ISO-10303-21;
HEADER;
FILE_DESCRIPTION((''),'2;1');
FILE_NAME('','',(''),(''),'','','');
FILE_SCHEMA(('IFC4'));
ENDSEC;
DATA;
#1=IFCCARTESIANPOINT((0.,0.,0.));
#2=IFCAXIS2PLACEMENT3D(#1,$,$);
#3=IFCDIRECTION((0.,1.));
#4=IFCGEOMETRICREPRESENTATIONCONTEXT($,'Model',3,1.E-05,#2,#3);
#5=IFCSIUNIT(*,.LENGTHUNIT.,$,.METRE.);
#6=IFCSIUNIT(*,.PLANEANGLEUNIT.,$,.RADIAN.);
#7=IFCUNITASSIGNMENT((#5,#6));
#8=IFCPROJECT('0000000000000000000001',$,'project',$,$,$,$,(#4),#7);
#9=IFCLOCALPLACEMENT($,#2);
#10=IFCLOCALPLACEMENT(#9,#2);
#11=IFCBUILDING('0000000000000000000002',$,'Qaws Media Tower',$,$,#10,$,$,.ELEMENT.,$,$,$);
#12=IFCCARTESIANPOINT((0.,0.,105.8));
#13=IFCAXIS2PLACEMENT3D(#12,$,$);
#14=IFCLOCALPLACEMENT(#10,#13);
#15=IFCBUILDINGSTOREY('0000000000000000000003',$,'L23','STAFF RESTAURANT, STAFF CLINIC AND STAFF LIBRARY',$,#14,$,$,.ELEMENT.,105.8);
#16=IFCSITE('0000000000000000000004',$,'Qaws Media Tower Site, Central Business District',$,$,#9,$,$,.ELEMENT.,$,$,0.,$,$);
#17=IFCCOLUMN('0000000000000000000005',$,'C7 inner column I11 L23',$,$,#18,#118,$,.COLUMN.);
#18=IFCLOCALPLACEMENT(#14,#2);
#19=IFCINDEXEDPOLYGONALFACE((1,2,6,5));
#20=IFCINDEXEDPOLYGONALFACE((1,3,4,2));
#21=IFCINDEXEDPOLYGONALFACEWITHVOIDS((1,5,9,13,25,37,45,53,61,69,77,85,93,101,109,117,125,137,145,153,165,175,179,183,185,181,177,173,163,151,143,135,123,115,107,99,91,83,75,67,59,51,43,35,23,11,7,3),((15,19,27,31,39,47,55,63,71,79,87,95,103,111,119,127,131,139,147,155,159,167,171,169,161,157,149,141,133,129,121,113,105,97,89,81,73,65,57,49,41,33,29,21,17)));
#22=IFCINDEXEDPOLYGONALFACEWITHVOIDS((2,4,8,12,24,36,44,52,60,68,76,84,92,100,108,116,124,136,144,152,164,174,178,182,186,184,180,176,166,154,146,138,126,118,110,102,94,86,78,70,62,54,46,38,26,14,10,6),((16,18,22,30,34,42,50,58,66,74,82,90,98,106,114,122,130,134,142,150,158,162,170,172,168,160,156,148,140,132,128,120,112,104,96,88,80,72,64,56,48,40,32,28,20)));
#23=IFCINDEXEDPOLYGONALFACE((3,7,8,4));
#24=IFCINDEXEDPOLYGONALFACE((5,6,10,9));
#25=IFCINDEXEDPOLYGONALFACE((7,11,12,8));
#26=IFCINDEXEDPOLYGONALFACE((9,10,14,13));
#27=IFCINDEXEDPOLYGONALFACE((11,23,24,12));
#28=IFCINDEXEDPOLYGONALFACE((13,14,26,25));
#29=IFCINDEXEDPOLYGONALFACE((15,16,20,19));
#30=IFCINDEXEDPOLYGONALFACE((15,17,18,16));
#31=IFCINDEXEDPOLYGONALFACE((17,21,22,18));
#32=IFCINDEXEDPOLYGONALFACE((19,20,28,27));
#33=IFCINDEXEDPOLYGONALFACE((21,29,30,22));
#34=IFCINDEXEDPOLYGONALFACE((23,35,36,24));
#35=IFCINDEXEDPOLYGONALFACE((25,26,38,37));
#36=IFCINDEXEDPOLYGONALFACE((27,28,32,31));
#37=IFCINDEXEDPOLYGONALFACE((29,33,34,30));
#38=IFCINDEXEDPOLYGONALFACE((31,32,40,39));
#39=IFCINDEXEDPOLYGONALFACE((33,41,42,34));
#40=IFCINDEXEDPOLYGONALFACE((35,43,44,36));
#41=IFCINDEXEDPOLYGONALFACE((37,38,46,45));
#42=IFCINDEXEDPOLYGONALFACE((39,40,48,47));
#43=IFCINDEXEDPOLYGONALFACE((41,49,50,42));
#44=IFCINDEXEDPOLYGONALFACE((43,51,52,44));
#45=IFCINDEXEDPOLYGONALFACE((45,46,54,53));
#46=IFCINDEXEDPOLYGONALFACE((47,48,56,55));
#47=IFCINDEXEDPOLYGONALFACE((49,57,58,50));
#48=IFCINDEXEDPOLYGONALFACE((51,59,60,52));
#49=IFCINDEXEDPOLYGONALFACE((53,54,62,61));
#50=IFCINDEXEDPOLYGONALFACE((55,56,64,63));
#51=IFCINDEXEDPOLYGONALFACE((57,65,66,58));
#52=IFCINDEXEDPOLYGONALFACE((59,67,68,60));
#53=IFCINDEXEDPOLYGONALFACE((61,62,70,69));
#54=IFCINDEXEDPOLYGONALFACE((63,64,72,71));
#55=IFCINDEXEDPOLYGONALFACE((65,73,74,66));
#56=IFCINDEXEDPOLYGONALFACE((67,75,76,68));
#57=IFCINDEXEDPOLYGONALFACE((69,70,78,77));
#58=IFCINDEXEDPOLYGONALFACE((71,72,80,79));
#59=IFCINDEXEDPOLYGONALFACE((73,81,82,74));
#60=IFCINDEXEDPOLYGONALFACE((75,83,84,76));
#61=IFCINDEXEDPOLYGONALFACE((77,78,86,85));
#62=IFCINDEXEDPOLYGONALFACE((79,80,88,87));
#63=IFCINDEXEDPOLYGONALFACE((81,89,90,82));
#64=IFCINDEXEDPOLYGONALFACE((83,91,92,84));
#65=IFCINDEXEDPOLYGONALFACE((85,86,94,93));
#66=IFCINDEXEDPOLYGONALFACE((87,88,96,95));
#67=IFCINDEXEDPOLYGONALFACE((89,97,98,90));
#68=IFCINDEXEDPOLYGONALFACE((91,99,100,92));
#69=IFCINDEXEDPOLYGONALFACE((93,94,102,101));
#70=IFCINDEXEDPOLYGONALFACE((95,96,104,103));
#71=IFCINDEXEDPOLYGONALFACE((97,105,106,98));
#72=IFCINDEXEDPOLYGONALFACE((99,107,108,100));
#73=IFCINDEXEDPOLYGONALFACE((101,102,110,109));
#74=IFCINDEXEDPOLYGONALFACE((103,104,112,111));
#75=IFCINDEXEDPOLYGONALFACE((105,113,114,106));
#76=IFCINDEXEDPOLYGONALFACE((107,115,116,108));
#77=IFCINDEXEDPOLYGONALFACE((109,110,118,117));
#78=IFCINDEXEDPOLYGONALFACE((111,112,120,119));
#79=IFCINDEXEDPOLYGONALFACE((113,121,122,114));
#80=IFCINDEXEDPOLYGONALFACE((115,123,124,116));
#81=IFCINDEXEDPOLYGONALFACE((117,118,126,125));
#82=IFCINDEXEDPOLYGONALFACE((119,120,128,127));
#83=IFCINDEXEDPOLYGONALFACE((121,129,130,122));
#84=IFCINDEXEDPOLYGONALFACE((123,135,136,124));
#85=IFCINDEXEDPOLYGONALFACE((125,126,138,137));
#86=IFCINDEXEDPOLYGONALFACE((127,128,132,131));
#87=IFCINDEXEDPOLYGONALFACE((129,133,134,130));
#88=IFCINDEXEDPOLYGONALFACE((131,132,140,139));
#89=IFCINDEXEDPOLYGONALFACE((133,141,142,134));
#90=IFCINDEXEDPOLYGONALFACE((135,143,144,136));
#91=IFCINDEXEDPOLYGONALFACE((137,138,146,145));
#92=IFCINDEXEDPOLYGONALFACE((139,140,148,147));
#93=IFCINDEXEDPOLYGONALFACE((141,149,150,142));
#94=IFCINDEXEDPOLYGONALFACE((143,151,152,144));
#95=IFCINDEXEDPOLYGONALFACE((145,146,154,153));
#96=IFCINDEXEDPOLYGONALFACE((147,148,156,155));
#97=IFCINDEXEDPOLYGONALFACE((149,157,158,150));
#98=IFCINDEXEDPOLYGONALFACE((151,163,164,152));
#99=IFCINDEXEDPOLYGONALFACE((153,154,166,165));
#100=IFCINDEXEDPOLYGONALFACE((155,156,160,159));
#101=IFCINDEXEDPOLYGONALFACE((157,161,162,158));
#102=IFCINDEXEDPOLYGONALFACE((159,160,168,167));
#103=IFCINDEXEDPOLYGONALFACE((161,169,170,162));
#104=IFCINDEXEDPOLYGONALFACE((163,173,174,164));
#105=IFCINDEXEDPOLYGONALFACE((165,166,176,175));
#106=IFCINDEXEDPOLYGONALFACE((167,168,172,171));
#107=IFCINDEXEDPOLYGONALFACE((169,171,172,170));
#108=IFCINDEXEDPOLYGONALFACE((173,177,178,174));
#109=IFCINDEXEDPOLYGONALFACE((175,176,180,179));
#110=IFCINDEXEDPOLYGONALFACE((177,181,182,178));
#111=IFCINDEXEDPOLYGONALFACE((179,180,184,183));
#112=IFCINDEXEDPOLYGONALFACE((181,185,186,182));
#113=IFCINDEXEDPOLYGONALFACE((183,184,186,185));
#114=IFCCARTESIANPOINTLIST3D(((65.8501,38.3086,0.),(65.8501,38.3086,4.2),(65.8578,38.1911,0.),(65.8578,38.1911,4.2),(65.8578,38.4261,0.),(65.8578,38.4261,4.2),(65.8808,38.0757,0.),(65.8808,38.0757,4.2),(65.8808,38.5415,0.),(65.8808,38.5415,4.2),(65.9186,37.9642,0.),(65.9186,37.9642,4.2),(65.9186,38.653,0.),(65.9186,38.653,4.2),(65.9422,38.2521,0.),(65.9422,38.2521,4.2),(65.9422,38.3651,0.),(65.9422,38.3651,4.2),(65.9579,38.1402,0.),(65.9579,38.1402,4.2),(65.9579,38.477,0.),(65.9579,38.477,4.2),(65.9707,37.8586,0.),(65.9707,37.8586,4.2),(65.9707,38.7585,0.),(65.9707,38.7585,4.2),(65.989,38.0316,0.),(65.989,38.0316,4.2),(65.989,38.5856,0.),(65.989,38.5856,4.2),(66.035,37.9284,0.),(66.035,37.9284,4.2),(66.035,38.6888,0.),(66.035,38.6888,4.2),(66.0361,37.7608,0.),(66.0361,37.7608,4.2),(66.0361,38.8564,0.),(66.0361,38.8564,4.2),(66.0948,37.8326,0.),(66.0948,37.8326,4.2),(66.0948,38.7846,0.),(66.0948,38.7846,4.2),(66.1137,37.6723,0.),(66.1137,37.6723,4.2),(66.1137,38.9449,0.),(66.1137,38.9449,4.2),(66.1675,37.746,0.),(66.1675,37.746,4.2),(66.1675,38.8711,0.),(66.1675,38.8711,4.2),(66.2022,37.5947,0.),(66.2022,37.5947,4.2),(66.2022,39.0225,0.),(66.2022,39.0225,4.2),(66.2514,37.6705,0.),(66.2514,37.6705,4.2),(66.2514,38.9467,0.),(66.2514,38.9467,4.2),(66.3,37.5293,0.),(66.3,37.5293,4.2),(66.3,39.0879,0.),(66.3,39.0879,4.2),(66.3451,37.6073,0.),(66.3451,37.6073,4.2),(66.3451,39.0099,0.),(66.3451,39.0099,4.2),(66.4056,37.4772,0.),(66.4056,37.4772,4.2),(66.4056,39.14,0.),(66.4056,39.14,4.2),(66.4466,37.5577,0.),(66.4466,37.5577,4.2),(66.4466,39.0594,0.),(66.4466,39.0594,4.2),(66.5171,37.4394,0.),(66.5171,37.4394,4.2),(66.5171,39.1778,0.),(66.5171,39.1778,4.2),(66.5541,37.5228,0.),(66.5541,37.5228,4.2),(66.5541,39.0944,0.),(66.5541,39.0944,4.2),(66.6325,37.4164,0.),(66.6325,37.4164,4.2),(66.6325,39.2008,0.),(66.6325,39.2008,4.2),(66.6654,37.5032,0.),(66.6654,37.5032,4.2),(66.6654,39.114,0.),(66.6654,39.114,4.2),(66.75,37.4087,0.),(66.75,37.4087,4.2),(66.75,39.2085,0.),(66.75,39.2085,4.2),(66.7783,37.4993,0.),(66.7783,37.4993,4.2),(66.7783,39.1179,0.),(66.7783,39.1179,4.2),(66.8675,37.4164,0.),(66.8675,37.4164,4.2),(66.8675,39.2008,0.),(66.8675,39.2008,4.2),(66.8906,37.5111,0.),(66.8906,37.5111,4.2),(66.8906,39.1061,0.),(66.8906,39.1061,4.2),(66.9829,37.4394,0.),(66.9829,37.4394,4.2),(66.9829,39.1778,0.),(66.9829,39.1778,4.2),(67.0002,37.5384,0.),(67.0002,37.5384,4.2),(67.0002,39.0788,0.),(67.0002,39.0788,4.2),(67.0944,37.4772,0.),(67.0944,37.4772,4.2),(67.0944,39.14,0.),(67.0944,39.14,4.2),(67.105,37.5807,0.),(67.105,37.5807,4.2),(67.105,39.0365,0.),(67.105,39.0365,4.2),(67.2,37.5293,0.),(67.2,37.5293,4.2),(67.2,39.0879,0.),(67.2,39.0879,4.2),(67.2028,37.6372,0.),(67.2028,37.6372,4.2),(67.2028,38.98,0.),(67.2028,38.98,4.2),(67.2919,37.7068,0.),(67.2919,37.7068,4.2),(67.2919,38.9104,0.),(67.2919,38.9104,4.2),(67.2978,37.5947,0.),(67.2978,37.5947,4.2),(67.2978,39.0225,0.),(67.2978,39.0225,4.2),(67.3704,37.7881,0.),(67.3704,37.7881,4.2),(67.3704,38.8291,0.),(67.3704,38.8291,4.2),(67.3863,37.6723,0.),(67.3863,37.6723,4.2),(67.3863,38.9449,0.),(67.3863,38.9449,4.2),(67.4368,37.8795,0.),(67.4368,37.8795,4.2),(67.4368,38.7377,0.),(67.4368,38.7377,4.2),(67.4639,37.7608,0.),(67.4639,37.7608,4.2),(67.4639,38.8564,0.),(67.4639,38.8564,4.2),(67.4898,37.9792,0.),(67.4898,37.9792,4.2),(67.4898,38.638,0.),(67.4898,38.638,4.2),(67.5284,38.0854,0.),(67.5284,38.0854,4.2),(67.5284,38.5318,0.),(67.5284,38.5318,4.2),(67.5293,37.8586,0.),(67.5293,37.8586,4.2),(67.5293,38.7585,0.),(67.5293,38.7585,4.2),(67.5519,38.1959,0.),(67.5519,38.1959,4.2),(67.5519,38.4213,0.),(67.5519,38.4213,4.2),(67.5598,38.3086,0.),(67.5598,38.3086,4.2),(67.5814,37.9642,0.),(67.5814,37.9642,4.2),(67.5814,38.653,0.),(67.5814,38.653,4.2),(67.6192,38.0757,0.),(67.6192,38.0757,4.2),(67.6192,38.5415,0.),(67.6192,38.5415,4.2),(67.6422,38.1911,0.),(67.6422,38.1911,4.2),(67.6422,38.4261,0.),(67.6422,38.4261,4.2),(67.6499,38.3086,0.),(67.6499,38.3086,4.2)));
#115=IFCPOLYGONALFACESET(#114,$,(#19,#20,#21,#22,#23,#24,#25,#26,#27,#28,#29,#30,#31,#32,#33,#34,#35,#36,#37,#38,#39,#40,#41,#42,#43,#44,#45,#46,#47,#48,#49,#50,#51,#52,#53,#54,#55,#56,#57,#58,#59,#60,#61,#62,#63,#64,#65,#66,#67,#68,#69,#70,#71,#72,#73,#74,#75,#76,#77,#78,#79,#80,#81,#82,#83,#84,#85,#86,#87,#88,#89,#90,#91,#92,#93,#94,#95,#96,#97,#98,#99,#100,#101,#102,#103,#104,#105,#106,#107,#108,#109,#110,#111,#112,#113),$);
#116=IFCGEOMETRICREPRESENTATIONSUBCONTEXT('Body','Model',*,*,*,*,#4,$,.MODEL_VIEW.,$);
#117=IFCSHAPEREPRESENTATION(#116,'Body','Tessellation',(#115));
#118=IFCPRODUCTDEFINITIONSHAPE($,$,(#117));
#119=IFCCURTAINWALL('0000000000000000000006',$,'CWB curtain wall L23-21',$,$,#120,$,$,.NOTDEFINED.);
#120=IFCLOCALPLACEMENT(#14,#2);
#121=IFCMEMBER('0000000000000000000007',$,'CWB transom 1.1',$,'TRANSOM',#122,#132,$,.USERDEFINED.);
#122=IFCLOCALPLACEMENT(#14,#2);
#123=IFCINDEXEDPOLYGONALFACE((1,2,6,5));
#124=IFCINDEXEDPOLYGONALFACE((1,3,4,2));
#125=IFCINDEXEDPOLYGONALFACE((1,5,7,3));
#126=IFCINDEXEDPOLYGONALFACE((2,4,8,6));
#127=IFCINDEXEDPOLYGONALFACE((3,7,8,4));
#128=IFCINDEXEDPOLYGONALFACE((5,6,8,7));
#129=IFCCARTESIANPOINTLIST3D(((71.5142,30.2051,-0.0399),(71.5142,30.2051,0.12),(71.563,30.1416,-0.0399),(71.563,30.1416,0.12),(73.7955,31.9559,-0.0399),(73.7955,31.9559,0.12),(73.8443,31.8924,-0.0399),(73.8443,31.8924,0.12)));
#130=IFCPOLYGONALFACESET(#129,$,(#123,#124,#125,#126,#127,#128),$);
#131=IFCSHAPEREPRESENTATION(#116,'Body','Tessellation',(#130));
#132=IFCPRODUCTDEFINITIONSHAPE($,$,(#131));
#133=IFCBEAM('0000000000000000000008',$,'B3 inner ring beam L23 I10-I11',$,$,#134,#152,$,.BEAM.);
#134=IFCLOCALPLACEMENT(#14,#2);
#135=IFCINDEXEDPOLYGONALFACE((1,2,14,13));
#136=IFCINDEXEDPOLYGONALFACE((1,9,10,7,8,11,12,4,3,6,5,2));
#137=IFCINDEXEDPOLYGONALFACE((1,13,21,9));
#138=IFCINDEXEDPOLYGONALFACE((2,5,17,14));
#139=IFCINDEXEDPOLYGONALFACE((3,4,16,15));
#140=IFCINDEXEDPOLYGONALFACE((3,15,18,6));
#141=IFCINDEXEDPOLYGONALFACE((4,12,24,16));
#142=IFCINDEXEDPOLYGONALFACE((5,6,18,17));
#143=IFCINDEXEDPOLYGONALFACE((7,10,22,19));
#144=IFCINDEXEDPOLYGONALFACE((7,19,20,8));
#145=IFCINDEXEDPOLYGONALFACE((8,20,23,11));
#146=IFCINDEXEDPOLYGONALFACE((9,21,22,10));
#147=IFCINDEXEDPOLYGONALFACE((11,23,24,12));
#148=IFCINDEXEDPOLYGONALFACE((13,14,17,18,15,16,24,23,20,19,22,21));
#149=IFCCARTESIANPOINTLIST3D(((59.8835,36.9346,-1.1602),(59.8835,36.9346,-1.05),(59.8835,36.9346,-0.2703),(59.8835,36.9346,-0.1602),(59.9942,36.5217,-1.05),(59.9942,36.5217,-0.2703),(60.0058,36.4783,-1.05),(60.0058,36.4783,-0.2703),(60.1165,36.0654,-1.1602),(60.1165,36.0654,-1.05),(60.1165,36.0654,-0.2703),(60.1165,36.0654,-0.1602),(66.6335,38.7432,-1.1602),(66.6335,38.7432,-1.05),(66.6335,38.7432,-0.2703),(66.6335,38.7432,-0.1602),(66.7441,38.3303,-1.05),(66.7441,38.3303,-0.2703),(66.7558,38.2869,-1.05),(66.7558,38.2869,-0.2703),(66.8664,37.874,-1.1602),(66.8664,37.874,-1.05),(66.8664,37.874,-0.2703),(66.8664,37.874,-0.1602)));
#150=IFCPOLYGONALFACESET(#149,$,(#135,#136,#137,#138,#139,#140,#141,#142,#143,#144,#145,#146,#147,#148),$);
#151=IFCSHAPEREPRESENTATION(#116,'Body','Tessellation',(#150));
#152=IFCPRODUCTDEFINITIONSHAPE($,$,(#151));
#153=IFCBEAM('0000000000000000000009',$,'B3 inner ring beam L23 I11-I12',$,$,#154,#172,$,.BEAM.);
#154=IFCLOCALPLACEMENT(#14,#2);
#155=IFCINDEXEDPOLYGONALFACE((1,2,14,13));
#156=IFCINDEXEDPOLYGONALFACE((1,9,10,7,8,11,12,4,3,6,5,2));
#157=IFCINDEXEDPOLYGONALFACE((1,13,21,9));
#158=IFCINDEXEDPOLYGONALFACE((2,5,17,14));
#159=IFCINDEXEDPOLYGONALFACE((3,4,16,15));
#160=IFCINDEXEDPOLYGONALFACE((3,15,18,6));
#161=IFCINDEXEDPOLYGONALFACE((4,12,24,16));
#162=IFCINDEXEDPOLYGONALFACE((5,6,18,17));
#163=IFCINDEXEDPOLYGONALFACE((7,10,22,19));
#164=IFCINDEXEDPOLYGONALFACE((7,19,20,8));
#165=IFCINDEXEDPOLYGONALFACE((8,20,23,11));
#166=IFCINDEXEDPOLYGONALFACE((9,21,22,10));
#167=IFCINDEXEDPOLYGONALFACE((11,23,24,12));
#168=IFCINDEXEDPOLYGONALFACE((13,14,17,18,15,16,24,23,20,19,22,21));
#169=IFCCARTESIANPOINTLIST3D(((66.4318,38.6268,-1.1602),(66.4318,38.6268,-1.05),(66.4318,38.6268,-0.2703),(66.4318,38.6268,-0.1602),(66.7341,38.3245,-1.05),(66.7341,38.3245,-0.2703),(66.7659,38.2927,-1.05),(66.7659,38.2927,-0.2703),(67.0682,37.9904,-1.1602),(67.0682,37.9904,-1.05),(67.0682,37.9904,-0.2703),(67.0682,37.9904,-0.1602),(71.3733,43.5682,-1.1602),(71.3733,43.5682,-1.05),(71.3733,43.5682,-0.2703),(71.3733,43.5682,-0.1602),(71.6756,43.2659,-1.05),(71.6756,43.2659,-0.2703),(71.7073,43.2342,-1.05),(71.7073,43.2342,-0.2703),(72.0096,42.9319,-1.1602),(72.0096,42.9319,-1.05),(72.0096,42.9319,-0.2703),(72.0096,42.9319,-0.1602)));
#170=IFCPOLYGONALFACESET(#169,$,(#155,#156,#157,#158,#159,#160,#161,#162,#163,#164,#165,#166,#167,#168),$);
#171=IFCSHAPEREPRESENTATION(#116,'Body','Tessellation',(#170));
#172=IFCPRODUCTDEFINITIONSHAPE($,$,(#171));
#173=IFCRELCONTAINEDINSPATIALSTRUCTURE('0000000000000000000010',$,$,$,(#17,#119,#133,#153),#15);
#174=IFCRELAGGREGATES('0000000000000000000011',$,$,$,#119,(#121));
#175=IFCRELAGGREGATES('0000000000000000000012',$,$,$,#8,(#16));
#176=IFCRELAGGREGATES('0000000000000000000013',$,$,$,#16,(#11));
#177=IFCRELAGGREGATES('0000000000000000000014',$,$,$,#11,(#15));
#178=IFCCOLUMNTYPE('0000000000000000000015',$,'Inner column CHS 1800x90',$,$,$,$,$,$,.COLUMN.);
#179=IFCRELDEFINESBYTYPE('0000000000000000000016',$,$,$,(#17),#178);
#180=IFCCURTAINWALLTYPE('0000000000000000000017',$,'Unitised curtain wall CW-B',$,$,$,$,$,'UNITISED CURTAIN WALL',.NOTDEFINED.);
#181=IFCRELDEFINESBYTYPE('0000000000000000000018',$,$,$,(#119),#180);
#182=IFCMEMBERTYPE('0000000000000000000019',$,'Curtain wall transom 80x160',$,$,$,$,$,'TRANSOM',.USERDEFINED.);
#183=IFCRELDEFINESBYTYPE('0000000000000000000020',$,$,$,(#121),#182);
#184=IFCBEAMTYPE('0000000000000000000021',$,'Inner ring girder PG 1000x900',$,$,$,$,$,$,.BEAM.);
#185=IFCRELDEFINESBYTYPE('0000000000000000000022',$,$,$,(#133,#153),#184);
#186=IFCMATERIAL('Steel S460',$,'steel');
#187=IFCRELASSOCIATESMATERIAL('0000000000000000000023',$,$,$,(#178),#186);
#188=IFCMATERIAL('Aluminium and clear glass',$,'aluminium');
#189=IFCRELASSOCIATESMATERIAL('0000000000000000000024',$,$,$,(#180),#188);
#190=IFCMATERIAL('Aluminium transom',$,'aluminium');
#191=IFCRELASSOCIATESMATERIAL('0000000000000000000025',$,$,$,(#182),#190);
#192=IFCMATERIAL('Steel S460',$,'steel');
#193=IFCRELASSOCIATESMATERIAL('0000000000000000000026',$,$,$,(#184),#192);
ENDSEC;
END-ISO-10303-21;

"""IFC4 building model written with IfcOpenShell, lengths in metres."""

from ifc_helpers import new_model, si_unit, direction, frame, origin, origin_2d, place, context, subcontext, project, spatial, rectangle, hollow_circle, i_section, extrude, material, material_profile, profile_set, type_object, element, aggregate, save


model = new_model("IFC4")

# Units and contexts
model_context = context("Model", 3, precision=1e-05, world=origin(), true_north=direction((0.0, 1.0)))
body_context = subcontext(model_context, "Body", "Model", "MODEL_VIEW")
ifc_project = project(units=[si_unit("LENGTHUNIT", "METRE"), si_unit("PLANEANGLEUNIT", "RADIAN")], contexts=[model_context])

# Site, building, storey
site_placement = place(None, origin())
site = spatial("IfcSite", under=ifc_project, at=site_placement, Name="Qaws Media Tower Site, Central Business District", CompositionType="ELEMENT", RefElevation=0.0)
building_placement = place(site_placement, origin())
building = spatial("IfcBuilding", under=site, at=building_placement, Name="Qaws Media Tower", CompositionType="ELEMENT")
storey_placement = place(building_placement, frame((0.0, 0.0, 105.8)))
storey = spatial("IfcBuildingStorey", under=building, at=storey_placement, Name="L23", Description="STAFF RESTAURANT, STAFF CLINIC AND STAFF LIBRARY", CompositionType="ELEMENT", Elevation=105.8)

# Column
ifc_material_1 = material(Name="Steel S460", Category="steel")
ifc_material_profile_1 = material_profile(ifc_material_1, hollow_circle(Radius=0.8999, WallThickness=0.0901, at=origin_2d()), Name="CHS 1800x90")
ifc_profile_set_1 = profile_set([ifc_material_profile_1], Name="Steel S460")
column_type = type_object("IfcColumnType", Name="Inner column CHS 1800x90", PredefinedType="COLUMN", material=ifc_profile_set_1)
for number, where, z_axis, x_axis, name in (
    (1, (66.75, 38.3086, 0.0), (0.0, 0.0, 1.0), (1.0, 0.0, 0.0), "C7 inner column I11 L23"),
):
    element("IfcColumn", number, at=place(storey_placement, frame(where, z_axis=z_axis, x_axis=x_axis)), inside=storey, type_object=column_type, Name=name, PredefinedType="COLUMN", context=body_context, shape_type="SweptSolid", body=[
        extrude(hollow_circle(Radius=0.8999, WallThickness=0.0901, at=origin_2d()), origin(), (0.0, 0.0, 1.0), 4.2),
    ])

# Curtain wall, member
ifc_material_2 = material(Name="Aluminium and clear glass", Category="aluminium")
curtain_wall_type = type_object("IfcCurtainWallType", Name="Unitised curtain wall CW-B", ElementType="UNITISED CURTAIN WALL", PredefinedType="NOTDEFINED", material=ifc_material_2)
curtain_wall_placement = place(storey_placement, origin())
curtain_wall = element("IfcCurtainWall", 2, at=curtain_wall_placement, inside=storey, type_object=curtain_wall_type, Name="CWB curtain wall L23-21", PredefinedType="NOTDEFINED")
ifc_material_3 = material(Name="Aluminium transom", Category="aluminium")
ifc_material_profile_2 = material_profile(ifc_material_3, rectangle(XDim=0.0801, YDim=0.1599, at=origin_2d()), Name="80x160")
ifc_profile_set_2 = profile_set([ifc_material_profile_2], Name="Aluminium transom")
member_type = type_object("IfcMemberType", Name="Curtain wall transom 80x160", ElementType="TRANSOM", PredefinedType="USERDEFINED", material=ifc_profile_set_2)
member_placement = place(storey_placement, frame((71.5386, 30.1733, 0.04), z_axis=(0.793308, 0.60882, 0.0), x_axis=(-0.60882, 0.793308, 0.0)))
member = element("IfcMember", 3, at=member_placement, type_object=member_type, Name="CWB transom 1.1", ObjectType="TRANSOM", PredefinedType="USERDEFINED", context=body_context, shape_type="SweptSolid", body=[
    extrude(rectangle(XDim=0.0801, YDim=0.1599, at=origin_2d()), origin(), (0.0, 0.0, 1.0), 2.8757),
])
aggregate(curtain_wall, [member])

# Beams
ifc_material_4 = material(Name="Steel S460", Category="steel")
ifc_material_profile_3 = material_profile(ifc_material_4, i_section(OverallWidth=0.8999, OverallDepth=1.0, WebThickness=0.0449, FlangeThickness=0.1101, at=origin_2d()), Name="PG 1000x900")
ifc_profile_set_3 = profile_set([ifc_material_profile_3], Name="Steel S460")
beam_type_1 = type_object("IfcBeamType", Name="Inner ring girder PG 1000x900", PredefinedType="BEAM", material=ifc_profile_set_3)
beam_1_placement = place(storey_placement, frame((60.0, 36.5, -0.6602), z_axis=(0.965928, 0.258811, 0.0), x_axis=(-0.258811, 0.965928, 0.0)))
element("IfcBeam", 4, at=beam_1_placement, inside=storey, type_object=beam_type_1, Name="B3 inner ring beam L23 I10-I11", PredefinedType="BEAM", context=body_context, shape_type="SweptSolid", body=[
    extrude(i_section(OverallWidth=0.8999, OverallDepth=1.0, WebThickness=0.0449, FlangeThickness=0.1101, at=origin_2d()), origin(), (0.0, 0.0, 1.0), 6.988),
])
beam_2_placement = place(storey_placement, frame((66.75, 38.3086, -0.6602), z_axis=(0.707107, 0.707107, 0.0), x_axis=(-0.707107, 0.707107, 0.0)))
element("IfcBeam", 5, at=beam_2_placement, inside=storey, type_object=beam_type_1, Name="B3 inner ring beam L23 I11-I12", PredefinedType="BEAM", context=body_context, shape_type="SweptSolid", body=[
    extrude(i_section(OverallWidth=0.8999, OverallDepth=1.0, WebThickness=0.0449, FlangeThickness=0.1101, at=origin_2d()), origin(), (0.0, 0.0, 1.0), 6.9883),
])

save(model, "model.ifc")
